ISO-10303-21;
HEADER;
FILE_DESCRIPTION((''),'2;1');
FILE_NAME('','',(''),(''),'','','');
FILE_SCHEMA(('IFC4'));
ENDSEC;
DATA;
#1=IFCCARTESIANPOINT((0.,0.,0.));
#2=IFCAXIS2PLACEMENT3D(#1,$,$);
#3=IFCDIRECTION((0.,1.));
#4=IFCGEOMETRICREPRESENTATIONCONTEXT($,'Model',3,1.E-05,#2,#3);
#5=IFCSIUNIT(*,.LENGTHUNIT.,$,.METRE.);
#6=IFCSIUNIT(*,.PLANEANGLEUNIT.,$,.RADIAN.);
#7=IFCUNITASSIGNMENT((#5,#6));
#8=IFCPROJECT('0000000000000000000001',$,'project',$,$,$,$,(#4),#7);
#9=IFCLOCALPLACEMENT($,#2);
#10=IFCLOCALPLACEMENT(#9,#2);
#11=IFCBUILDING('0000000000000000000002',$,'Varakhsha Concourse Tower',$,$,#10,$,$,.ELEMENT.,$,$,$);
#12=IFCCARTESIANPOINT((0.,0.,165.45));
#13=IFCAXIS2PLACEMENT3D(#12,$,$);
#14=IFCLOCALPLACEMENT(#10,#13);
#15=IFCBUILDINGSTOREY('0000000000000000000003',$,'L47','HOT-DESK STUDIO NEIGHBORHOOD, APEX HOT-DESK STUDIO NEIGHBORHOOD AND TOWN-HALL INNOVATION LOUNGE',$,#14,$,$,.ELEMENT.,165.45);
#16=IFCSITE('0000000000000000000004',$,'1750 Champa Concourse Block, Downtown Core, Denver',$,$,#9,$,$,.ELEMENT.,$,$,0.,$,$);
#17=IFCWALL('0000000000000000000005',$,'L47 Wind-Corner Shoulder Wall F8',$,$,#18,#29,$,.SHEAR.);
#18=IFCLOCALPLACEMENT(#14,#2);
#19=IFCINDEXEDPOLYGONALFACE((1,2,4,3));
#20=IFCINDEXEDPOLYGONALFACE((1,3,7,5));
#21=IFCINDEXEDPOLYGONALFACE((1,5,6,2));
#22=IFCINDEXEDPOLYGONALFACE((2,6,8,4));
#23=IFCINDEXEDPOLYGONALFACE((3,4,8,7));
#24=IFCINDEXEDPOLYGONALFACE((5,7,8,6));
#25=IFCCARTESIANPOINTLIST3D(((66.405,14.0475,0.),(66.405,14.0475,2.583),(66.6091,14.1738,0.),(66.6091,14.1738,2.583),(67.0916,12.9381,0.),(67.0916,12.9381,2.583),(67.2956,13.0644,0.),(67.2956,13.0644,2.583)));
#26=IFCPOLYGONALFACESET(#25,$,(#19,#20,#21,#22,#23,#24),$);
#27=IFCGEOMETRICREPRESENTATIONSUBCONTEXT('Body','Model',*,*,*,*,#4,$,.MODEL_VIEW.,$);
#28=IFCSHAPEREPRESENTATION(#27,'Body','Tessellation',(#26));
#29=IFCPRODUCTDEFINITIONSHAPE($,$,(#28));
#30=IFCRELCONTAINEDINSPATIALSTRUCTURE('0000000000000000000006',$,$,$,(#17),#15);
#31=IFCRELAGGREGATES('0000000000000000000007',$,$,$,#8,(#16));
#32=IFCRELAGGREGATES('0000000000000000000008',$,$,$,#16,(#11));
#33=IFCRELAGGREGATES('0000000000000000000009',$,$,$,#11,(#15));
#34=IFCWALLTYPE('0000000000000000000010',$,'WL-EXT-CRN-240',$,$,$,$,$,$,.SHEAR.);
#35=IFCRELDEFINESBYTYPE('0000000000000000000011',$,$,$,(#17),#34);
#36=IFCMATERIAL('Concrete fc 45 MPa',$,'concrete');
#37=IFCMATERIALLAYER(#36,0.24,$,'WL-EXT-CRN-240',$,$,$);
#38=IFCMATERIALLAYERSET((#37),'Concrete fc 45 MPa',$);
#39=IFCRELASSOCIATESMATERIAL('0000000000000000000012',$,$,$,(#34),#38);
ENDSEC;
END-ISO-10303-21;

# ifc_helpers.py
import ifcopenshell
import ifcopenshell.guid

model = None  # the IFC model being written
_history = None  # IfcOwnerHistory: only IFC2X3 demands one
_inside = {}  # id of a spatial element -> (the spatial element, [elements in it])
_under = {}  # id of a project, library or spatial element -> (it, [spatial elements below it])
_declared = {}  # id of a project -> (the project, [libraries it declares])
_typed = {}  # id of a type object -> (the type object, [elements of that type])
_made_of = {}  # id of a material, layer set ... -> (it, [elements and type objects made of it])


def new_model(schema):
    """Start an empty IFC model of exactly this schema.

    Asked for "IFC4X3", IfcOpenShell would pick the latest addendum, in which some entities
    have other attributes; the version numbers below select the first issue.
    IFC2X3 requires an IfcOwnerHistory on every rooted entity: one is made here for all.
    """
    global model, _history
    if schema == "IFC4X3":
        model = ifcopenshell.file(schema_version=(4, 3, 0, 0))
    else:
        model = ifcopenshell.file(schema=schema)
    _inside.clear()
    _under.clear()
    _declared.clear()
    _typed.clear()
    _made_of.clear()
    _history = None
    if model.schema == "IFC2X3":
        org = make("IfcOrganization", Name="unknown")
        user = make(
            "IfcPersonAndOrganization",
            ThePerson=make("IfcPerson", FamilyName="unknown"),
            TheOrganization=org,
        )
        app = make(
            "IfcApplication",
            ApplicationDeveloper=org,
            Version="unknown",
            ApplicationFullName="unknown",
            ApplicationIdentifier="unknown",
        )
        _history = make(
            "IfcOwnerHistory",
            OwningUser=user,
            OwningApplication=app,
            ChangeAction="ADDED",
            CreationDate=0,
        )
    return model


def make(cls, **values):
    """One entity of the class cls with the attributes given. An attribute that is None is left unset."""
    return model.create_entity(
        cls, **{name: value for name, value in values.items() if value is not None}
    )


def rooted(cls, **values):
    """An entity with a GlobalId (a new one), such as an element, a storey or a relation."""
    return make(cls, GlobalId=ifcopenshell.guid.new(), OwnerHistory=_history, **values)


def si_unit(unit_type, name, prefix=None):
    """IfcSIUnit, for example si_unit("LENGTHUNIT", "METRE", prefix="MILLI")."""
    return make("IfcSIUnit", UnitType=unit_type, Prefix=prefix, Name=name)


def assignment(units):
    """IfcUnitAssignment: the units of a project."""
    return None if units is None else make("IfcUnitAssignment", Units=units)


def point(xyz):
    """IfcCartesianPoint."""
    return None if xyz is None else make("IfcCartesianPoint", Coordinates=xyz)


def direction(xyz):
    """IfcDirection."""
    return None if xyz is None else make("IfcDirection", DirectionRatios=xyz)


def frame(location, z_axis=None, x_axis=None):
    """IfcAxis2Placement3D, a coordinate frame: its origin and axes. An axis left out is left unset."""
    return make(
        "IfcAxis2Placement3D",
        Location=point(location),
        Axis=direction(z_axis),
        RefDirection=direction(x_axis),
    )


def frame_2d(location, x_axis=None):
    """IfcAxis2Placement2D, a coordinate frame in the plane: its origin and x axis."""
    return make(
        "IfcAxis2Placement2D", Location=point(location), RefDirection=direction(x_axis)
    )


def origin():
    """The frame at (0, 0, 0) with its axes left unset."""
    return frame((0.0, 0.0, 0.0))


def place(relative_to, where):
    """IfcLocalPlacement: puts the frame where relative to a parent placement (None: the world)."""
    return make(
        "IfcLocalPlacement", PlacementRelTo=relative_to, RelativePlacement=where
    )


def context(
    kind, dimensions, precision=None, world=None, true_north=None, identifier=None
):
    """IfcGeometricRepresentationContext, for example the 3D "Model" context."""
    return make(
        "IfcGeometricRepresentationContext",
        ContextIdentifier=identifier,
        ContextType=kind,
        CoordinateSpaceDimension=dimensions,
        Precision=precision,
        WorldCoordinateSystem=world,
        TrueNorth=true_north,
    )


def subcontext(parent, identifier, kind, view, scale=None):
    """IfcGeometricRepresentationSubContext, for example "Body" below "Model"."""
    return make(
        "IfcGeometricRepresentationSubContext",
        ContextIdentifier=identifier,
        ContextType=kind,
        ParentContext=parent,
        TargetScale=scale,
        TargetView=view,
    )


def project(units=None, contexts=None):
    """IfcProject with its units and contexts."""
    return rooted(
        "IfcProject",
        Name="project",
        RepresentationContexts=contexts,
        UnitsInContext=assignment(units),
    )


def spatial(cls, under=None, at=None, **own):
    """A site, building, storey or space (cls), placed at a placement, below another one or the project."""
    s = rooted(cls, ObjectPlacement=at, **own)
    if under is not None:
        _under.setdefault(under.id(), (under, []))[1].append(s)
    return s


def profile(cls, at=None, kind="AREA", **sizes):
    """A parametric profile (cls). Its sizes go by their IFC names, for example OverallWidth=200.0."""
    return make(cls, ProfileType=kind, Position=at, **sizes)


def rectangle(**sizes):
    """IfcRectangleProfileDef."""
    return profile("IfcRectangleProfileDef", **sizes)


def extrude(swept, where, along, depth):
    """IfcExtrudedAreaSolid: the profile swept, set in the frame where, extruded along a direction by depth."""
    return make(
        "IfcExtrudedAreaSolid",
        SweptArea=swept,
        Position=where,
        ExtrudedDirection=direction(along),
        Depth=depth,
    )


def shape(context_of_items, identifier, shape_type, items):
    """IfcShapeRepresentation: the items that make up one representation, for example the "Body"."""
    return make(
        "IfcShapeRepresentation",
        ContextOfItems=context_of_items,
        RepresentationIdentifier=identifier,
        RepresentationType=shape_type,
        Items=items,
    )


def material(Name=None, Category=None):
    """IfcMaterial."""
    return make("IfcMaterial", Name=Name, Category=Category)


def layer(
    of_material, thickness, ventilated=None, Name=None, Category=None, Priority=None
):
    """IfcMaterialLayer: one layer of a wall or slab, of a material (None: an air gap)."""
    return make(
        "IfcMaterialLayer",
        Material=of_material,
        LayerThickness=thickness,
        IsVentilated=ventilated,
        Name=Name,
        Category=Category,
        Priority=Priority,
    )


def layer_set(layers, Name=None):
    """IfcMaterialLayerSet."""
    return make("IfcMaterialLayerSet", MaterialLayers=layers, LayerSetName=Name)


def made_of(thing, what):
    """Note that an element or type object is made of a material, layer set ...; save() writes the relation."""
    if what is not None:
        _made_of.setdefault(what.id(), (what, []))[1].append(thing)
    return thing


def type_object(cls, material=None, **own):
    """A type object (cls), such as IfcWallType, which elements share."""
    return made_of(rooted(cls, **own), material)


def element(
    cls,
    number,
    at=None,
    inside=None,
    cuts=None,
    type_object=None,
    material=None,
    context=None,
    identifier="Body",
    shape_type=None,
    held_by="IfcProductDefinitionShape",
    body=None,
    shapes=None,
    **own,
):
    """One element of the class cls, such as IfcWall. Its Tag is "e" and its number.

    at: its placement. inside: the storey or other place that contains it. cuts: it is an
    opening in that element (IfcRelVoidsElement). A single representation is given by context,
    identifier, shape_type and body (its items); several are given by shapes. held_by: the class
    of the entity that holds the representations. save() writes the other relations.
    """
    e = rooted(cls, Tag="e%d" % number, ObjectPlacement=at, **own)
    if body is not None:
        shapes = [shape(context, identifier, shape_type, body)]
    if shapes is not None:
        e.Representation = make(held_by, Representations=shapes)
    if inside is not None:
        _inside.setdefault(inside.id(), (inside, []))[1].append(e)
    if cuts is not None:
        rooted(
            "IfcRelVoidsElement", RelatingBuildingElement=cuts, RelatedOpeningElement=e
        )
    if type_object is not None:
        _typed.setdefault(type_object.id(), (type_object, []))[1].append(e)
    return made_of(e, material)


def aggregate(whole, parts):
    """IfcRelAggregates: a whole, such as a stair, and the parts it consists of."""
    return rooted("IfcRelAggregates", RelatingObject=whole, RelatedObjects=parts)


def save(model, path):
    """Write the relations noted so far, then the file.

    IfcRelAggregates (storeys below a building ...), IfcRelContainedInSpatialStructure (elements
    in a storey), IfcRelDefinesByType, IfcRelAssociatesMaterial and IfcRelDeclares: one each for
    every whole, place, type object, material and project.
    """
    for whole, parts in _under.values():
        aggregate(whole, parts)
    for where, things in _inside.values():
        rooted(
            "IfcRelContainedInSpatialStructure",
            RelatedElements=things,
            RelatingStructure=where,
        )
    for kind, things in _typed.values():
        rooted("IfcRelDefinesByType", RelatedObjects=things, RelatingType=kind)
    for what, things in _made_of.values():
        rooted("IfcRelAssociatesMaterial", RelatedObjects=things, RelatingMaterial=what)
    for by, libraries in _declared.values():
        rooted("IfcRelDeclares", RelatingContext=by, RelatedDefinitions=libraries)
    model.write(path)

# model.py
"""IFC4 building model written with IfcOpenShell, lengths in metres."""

from ifc_helpers import new_model, si_unit, direction, frame, frame_2d, origin, place, context, subcontext, project, spatial, rectangle, extrude, material, layer, layer_set, type_object, element, save


model = new_model("IFC4")

# Units and contexts
model_context = context("Model", 3, precision=1e-05, world=origin(), true_north=direction((0.0, 1.0)))
body_context = subcontext(model_context, "Body", "Model", "MODEL_VIEW")
ifc_project = project(units=[si_unit("LENGTHUNIT", "METRE"), si_unit("PLANEANGLEUNIT", "RADIAN")], contexts=[model_context])

# Site, building, storey
site_placement = place(None, origin())
site = spatial("IfcSite", under=ifc_project, at=site_placement, Name="1750 Champa Concourse Block, Downtown Core, Denver", CompositionType="ELEMENT", RefElevation=0.0)
building_placement = place(site_placement, origin())
building = spatial("IfcBuilding", under=site, at=building_placement, Name="Varakhsha Concourse Tower", CompositionType="ELEMENT")
storey_placement = place(building_placement, frame((0.0, 0.0, 165.45)))
storey = spatial("IfcBuildingStorey", under=building, at=storey_placement, Name="L47", Description="HOT-DESK STUDIO NEIGHBORHOOD, APEX HOT-DESK STUDIO NEIGHBORHOOD AND TOWN-HALL INNOVATION LOUNGE", CompositionType="ELEMENT", Elevation=165.45)

# Wall
ifc_material_1 = material(Name="Concrete fc 45 MPa", Category="concrete")
ifc_layer_1 = layer(ifc_material_1, 0.24, Name="WL-EXT-CRN-240")
ifc_layer_set_1 = layer_set([ifc_layer_1], Name="Concrete fc 45 MPa")
wall_type = type_object("IfcWallType", Name="WL-EXT-CRN-240", PredefinedType="SHEAR", material=ifc_layer_set_1)
wall_1_placement = place(storey_placement, frame((67.1936, 13.0012, 0.0), z_axis=(0.0, 0.0, 1.0), x_axis=(-0.526226, 0.850345, 0.0)))
element("IfcWall", 1, at=wall_1_placement, inside=storey, type_object=wall_type, Name="L47 Wind-Corner Shoulder Wall F8", PredefinedType="SHEAR", context=body_context, shape_type="SweptSolid", body=[
    extrude(rectangle(XDim=1.3047, YDim=0.24, at=frame_2d((0.6523, 0.0))), origin(), (0.0, 0.0, 1.0), 2.583),
])

save(model, "model.ifc")
